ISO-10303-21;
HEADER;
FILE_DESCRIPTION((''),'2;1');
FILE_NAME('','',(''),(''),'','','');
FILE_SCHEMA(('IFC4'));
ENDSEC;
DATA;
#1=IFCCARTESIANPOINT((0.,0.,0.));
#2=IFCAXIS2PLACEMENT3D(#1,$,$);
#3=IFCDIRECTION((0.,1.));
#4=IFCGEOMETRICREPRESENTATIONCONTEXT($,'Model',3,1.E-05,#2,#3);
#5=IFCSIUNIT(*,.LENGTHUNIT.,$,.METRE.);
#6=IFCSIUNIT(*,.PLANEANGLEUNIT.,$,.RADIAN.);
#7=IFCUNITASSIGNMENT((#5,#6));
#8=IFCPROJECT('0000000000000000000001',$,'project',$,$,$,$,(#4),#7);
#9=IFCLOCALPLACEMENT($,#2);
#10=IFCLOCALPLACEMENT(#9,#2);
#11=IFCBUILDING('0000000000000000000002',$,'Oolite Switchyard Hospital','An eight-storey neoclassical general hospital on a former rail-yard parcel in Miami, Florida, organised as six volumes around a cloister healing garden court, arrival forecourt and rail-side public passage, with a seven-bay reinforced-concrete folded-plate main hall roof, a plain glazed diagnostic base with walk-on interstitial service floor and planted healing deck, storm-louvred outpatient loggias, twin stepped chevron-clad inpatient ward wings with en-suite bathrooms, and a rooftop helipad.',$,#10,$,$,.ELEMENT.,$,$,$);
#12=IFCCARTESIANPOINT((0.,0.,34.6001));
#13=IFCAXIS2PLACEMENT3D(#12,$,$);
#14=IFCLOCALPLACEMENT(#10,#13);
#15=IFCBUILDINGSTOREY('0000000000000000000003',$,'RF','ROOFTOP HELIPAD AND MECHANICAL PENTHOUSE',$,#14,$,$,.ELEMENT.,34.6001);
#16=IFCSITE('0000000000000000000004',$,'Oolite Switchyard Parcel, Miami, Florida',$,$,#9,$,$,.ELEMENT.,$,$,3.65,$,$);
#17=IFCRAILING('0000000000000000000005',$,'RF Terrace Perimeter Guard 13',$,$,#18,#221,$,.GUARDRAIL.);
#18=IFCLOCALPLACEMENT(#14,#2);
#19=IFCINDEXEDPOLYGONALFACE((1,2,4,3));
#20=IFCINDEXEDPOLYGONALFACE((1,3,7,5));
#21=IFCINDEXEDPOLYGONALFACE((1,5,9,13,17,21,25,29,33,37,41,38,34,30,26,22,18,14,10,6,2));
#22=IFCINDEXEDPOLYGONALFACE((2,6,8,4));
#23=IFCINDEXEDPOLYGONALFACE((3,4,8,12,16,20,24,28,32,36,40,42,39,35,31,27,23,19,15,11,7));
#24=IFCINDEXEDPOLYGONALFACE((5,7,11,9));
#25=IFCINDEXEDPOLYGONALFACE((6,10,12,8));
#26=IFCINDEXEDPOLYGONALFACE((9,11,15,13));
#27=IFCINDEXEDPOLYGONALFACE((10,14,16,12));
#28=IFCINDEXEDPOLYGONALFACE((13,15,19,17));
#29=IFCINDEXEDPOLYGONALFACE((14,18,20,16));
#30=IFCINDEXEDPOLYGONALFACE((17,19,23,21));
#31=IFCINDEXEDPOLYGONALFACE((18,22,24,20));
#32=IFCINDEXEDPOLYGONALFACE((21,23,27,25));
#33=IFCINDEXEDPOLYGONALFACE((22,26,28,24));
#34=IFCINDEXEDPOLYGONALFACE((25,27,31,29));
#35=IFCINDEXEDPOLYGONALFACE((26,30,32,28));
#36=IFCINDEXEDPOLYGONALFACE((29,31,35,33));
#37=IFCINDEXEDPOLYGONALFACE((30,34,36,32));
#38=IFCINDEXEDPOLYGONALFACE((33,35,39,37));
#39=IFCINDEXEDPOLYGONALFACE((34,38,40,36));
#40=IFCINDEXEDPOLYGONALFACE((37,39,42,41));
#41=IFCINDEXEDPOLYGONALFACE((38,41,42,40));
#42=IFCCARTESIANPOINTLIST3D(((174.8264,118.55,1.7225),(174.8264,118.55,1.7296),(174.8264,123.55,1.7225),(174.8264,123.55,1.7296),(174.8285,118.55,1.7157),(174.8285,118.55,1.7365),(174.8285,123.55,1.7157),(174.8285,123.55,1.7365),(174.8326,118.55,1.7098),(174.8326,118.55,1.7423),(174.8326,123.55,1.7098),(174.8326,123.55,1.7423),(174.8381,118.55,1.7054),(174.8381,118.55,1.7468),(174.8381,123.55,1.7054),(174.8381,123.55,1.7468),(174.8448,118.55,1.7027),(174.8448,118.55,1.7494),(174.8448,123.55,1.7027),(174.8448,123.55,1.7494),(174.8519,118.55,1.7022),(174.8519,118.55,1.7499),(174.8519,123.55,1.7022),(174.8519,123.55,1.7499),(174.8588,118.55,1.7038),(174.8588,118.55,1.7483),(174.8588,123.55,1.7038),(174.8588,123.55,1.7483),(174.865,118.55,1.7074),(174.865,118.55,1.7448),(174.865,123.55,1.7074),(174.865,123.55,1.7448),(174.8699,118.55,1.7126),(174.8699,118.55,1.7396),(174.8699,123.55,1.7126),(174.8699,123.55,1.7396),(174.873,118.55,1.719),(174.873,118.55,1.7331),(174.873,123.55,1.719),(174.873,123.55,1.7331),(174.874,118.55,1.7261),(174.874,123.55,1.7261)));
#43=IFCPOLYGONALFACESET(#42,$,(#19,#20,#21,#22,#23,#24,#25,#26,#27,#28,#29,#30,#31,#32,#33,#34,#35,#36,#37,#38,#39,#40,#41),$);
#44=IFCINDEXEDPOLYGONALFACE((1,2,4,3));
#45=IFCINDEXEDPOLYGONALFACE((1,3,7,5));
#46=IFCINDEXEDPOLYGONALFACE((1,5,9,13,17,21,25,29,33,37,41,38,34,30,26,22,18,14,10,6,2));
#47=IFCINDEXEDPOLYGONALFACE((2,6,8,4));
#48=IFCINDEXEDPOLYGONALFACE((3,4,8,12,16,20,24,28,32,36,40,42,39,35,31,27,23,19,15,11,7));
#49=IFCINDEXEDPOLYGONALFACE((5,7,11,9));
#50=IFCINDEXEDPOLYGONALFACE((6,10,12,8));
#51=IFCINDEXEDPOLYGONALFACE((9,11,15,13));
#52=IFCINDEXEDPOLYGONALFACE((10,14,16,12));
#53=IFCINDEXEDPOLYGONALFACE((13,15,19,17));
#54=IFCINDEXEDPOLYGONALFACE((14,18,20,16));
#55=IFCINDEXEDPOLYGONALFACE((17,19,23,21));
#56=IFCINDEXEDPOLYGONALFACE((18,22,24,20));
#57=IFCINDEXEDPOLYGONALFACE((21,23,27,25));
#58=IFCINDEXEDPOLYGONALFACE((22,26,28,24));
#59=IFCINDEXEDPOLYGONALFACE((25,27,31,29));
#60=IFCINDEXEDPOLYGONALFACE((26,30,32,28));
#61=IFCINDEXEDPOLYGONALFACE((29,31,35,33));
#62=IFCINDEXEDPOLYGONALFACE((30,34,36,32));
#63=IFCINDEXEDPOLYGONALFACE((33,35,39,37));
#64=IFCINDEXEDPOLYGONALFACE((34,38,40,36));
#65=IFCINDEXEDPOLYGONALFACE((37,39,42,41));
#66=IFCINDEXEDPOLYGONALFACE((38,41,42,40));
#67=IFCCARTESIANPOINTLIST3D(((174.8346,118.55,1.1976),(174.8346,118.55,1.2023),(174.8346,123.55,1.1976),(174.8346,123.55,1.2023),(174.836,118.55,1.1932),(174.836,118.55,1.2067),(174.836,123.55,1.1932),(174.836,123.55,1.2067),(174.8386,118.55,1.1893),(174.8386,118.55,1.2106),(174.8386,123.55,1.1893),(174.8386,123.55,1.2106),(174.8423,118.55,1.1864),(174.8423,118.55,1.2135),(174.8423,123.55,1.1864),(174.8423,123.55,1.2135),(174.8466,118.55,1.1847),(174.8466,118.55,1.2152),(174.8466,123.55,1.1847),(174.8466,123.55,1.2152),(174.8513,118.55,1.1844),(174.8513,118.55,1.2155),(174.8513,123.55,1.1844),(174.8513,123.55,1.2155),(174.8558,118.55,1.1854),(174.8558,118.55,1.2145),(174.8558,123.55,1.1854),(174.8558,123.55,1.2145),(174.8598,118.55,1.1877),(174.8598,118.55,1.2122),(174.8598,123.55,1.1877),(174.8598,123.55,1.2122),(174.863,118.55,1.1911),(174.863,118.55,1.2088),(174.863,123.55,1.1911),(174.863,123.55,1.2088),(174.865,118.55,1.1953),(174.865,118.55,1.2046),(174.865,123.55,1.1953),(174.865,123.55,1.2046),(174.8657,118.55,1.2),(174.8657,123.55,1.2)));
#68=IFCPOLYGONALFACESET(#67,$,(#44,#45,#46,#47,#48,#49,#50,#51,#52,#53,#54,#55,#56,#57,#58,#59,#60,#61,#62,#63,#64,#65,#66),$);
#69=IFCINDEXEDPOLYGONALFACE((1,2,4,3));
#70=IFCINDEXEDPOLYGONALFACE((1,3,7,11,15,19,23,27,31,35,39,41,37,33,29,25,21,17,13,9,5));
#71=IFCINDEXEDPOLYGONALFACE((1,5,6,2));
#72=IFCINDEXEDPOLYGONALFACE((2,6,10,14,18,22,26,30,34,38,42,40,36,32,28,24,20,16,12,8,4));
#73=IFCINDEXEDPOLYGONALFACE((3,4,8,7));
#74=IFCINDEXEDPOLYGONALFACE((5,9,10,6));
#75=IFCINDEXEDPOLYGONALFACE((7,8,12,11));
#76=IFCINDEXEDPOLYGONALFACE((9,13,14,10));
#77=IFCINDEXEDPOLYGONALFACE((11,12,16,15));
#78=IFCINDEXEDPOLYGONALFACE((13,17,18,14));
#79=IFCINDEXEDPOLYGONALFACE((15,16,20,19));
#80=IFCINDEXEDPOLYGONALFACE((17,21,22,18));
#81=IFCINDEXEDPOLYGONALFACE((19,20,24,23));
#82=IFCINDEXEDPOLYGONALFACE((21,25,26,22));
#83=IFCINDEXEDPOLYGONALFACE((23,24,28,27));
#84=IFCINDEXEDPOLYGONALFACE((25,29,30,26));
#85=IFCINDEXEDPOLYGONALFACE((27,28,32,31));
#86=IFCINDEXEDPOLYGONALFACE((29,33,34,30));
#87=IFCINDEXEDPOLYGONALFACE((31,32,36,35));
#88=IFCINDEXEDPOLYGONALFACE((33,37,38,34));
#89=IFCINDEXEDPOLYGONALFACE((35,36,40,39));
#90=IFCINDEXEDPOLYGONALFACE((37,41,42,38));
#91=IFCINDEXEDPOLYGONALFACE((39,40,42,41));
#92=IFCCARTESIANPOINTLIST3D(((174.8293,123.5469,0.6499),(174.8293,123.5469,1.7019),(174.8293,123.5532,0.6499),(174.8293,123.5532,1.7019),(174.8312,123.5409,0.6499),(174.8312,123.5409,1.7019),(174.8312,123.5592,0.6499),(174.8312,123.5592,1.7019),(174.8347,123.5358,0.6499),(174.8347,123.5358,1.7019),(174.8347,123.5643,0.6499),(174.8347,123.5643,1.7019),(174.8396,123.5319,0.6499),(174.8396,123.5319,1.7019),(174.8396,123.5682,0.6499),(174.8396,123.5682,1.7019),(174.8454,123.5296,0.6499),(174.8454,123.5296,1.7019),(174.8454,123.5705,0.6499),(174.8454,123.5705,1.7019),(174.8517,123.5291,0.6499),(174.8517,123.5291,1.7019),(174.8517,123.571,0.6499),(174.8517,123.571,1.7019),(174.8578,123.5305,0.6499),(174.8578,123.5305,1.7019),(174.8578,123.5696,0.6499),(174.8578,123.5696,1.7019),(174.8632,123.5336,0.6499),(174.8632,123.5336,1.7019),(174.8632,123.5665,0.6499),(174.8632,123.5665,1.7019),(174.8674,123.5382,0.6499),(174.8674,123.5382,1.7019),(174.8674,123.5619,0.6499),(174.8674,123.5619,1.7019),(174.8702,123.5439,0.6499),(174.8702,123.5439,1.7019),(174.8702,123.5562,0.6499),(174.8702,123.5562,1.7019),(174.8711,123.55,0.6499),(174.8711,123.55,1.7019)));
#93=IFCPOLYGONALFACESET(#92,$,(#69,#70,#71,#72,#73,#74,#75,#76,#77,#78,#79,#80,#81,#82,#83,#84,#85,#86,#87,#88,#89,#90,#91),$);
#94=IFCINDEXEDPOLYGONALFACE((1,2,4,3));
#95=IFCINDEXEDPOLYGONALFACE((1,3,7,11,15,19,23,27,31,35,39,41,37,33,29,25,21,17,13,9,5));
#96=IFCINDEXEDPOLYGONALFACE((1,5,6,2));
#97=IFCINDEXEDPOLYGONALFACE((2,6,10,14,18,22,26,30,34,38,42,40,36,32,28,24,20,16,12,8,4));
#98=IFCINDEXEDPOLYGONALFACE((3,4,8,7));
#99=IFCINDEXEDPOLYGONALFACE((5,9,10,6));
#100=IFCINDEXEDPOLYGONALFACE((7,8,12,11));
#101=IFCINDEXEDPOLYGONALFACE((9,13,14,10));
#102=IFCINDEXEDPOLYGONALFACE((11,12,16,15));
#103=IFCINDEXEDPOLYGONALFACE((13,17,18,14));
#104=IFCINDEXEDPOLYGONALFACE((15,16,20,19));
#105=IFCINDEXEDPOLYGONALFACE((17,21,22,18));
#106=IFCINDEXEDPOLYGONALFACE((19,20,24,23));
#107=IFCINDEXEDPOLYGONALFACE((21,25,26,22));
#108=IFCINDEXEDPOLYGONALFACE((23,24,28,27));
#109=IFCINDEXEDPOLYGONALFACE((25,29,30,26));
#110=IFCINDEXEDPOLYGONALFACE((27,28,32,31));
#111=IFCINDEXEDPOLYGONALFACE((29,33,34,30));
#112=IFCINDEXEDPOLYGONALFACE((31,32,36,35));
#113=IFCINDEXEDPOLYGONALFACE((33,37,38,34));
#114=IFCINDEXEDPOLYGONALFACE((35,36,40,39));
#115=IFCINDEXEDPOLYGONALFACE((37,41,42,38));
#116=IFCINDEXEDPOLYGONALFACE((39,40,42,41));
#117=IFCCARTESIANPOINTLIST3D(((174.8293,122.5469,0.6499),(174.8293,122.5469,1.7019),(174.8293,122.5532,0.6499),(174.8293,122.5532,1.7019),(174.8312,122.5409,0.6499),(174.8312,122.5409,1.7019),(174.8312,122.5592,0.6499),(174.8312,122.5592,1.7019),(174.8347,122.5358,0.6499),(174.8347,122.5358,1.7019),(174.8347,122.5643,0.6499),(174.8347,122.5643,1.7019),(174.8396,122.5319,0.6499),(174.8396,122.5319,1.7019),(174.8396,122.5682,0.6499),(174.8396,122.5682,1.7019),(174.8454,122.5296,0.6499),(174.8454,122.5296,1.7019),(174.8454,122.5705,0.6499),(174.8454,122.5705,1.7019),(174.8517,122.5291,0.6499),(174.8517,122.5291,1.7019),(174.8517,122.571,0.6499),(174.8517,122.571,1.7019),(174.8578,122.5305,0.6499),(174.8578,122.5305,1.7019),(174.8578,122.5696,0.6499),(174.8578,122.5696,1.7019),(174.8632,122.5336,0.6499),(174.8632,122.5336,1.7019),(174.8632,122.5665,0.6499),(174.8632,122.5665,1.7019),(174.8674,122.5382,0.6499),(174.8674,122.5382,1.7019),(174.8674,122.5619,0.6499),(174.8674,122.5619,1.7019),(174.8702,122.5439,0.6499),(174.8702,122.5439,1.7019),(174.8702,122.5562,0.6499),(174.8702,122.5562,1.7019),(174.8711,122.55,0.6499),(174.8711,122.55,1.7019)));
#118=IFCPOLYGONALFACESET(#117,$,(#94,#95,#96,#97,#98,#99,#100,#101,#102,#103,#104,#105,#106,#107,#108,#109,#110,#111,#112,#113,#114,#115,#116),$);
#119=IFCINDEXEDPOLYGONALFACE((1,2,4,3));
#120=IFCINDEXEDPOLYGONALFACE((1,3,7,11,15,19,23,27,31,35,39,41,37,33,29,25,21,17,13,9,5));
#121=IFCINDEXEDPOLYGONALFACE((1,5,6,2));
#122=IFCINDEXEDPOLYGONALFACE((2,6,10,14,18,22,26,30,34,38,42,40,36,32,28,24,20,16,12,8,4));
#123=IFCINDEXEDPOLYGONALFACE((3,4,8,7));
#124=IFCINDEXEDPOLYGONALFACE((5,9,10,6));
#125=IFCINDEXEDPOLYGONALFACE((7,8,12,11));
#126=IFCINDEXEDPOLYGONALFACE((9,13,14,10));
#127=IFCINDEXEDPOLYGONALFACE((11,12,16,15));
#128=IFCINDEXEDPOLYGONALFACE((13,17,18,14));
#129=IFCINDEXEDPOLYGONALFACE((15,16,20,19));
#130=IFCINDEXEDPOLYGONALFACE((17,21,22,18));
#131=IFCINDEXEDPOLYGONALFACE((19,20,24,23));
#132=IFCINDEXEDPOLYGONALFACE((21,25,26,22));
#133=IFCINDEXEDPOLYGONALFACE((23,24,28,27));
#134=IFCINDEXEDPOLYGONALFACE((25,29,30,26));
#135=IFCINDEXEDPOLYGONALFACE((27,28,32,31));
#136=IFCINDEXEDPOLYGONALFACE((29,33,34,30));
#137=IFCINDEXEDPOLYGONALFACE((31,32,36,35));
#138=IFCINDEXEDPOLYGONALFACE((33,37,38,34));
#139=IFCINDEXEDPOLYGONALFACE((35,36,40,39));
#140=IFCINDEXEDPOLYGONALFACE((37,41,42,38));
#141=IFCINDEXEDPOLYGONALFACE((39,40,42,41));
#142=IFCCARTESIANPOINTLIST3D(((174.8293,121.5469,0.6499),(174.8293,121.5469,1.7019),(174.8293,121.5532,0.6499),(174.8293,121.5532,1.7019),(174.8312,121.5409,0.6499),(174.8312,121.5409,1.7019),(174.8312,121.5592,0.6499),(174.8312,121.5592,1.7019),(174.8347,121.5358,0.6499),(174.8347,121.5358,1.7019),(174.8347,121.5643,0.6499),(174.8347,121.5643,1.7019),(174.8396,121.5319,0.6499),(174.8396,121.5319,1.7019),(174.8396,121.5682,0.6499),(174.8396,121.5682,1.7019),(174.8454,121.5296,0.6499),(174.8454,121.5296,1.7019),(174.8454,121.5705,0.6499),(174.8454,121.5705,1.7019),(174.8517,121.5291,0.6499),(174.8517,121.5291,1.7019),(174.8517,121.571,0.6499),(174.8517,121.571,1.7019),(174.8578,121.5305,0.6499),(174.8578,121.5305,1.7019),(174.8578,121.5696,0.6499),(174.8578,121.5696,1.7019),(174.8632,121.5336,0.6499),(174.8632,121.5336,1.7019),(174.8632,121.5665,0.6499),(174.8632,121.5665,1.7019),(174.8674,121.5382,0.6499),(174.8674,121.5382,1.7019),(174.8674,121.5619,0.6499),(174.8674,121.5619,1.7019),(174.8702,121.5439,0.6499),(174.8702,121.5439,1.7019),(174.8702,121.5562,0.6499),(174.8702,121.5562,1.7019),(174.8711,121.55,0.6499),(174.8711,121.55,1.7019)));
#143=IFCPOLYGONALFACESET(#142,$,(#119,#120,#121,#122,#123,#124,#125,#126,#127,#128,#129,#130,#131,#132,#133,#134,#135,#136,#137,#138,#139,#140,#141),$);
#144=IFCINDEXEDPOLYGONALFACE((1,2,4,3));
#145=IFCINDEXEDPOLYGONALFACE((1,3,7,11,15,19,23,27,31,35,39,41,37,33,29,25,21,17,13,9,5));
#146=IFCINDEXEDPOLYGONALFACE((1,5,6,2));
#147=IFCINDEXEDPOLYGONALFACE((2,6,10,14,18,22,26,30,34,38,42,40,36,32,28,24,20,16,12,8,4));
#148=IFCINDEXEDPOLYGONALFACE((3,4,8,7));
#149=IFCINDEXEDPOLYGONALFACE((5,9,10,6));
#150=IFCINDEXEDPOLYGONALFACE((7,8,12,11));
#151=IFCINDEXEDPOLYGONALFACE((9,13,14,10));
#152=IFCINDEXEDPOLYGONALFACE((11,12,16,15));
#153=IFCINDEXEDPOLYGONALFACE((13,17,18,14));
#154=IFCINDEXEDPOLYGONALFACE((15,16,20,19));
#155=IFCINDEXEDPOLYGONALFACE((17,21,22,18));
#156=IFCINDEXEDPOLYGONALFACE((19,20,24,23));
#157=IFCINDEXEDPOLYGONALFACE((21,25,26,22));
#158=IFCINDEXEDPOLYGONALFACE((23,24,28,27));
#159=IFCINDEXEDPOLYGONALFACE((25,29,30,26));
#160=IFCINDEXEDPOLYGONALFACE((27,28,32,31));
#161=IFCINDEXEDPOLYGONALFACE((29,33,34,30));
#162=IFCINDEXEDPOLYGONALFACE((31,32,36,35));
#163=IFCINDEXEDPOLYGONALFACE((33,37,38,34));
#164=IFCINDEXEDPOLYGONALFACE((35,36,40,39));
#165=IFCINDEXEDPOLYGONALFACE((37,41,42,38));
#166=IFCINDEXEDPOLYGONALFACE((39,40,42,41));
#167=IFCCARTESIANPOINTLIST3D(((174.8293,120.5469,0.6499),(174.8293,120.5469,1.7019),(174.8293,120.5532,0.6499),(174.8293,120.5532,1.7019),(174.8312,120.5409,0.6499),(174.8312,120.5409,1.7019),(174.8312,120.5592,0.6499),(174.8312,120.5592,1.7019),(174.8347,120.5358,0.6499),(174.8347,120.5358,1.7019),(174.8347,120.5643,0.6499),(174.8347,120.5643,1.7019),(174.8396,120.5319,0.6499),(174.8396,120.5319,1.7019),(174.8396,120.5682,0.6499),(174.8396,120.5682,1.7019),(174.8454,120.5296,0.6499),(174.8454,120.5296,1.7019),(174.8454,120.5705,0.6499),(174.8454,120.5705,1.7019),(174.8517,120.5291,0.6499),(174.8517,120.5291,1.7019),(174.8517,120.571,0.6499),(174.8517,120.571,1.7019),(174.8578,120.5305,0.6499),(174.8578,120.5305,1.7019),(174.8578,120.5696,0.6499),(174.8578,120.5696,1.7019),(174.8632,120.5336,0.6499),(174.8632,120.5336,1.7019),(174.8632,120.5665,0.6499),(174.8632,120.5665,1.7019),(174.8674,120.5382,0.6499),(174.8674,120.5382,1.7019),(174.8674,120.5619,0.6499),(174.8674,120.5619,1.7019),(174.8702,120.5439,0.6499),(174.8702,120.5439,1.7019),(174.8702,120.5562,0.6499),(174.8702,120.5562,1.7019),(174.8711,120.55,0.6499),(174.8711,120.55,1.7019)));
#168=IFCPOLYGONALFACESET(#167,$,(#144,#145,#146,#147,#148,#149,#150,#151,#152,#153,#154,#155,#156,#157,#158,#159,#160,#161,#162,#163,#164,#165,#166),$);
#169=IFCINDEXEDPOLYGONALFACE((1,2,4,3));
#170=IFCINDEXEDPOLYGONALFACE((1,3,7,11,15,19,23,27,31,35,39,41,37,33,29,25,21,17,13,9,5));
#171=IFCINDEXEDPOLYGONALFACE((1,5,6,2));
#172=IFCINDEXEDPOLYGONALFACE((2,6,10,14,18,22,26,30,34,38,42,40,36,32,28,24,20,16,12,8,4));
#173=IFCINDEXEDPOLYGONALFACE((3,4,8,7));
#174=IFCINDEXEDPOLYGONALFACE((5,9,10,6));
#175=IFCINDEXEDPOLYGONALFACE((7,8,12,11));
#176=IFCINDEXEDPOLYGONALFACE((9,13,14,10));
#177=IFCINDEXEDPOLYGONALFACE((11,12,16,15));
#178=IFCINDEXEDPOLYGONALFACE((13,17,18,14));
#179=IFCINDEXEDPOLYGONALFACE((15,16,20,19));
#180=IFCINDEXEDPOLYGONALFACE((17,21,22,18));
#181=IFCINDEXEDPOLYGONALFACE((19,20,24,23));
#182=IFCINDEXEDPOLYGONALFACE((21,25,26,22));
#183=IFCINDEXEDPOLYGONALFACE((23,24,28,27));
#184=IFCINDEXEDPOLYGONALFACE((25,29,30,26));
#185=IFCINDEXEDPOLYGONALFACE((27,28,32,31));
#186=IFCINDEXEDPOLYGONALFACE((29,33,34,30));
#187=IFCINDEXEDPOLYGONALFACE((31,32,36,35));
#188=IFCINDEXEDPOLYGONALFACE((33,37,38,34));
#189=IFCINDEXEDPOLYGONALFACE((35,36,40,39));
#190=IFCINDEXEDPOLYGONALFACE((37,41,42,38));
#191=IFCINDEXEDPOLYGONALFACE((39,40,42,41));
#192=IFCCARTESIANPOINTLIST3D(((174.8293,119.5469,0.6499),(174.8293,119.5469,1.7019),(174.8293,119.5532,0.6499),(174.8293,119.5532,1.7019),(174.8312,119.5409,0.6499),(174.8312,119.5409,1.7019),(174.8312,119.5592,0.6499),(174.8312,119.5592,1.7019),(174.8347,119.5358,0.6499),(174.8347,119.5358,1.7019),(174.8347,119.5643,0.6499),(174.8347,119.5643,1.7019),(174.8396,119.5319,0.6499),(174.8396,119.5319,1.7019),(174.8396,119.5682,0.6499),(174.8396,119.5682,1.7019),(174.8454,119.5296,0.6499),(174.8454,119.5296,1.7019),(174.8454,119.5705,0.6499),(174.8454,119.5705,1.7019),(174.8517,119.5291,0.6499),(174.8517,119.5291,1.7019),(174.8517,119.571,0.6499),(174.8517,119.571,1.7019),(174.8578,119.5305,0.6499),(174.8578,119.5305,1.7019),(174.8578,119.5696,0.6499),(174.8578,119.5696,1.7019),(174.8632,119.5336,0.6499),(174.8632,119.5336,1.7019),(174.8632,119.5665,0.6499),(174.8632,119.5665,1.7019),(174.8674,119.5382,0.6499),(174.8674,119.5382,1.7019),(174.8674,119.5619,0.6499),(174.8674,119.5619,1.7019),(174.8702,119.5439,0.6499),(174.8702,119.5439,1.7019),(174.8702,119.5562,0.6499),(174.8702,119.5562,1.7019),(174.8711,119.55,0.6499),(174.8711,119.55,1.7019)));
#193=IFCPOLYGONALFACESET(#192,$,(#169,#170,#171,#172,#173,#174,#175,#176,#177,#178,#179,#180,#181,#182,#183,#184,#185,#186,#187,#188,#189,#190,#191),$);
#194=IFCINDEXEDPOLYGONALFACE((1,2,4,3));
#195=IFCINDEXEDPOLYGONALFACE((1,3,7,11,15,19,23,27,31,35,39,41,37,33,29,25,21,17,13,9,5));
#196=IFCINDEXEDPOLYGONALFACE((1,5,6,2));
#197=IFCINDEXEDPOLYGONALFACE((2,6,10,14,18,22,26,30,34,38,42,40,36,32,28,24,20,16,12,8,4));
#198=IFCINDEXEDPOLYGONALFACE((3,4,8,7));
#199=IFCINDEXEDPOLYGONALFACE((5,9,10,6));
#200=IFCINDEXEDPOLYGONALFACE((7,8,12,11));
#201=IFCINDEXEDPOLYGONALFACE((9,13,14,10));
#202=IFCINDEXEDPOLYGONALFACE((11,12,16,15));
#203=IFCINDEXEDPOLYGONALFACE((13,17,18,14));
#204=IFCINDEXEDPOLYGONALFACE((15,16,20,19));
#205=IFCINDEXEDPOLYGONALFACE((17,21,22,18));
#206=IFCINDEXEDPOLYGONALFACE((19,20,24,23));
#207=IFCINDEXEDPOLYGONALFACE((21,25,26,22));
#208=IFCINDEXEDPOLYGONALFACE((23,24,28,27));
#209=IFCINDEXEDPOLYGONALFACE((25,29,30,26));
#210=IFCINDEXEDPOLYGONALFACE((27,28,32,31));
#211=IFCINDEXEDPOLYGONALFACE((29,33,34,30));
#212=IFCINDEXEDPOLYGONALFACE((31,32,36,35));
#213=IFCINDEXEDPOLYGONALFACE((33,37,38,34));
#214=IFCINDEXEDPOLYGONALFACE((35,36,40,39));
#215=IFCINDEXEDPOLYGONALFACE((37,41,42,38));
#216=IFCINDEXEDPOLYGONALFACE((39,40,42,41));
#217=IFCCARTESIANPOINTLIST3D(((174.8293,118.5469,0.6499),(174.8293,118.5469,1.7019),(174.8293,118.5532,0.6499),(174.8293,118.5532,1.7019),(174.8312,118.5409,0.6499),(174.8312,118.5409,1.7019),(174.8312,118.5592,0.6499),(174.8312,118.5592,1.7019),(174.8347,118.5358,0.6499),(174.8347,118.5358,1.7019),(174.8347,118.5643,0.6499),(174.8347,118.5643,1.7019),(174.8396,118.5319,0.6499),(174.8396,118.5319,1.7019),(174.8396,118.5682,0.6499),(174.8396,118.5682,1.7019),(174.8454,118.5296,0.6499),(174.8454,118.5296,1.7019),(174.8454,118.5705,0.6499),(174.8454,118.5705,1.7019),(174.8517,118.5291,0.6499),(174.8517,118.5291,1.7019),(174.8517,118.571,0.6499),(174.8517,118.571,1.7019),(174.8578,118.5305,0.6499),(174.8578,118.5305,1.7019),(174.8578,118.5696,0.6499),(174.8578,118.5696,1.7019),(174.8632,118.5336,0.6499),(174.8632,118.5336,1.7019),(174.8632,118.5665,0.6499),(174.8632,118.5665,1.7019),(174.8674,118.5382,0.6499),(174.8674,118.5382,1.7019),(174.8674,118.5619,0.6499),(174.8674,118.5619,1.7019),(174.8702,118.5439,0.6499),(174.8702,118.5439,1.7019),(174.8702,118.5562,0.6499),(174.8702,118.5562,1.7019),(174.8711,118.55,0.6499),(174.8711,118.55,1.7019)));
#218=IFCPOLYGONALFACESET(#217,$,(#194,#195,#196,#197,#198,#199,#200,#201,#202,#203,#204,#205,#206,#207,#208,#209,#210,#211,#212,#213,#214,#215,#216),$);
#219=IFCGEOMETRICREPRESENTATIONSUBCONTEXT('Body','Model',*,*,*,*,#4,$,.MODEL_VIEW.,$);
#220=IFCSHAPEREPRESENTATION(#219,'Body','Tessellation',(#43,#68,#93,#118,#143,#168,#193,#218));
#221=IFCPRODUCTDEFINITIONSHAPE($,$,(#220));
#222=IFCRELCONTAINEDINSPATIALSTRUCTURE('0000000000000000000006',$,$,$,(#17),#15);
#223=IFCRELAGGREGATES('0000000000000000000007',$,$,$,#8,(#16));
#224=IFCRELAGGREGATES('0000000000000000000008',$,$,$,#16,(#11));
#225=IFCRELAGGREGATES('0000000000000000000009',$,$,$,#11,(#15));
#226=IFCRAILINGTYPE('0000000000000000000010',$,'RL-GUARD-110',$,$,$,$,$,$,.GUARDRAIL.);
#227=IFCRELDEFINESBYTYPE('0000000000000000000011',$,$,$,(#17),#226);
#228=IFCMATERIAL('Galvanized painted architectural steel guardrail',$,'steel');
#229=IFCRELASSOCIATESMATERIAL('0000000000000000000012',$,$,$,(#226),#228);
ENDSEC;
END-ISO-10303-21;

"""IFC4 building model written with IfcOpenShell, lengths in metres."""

from ifc_helpers import new_model, si_unit, direction, frame, origin, origin_2d, place, context, subcontext, project, spatial, circle, extrude, material, type_object, element, save


model = new_model("IFC4")

# Units and contexts
model_context = context("Model", 3, precision=1e-05, world=origin(), true_north=direction((0.0, 1.0)))
body_context = subcontext(model_context, "Body", "Model", "MODEL_VIEW")
ifc_project = project(units=[si_unit("LENGTHUNIT", "METRE"), si_unit("PLANEANGLEUNIT", "RADIAN")], contexts=[model_context])

# Site, building, storey
site_placement = place(None, origin())
site = spatial("IfcSite", under=ifc_project, at=site_placement, Name="Oolite Switchyard Parcel, Miami, Florida", CompositionType="ELEMENT", RefElevation=3.65)
building_placement = place(site_placement, origin())
building = spatial("IfcBuilding", under=site, at=building_placement, Name="Oolite Switchyard Hospital", Description="An eight-storey neoclassical general hospital on a former rail-yard parcel in Miami, Florida, organised as six volumes around a cloister healing garden court, arrival forecourt and rail-side public passage, with a seven-bay reinforced-concrete folded-plate main hall roof, a plain glazed diagnostic base with walk-on interstitial service floor and planted healing deck, storm-louvred outpatient loggias, twin stepped chevron-clad inpatient ward wings with en-suite bathrooms, and a rooftop helipad.", CompositionType="ELEMENT")
storey_placement = place(building_placement, frame((0.0, 0.0, 34.6001)))
storey = spatial("IfcBuildingStorey", under=building, at=storey_placement, Name="RF", Description="ROOFTOP HELIPAD AND MECHANICAL PENTHOUSE", CompositionType="ELEMENT", Elevation=34.6001)

# Railing
ifc_material_1 = material(Name="Galvanized painted architectural steel guardrail", Category="steel")
railing_type_1 = type_object("IfcRailingType", Name="RL-GUARD-110", PredefinedType="GUARDRAIL", material=ifc_material_1)
railing_1_placement = place(storey_placement, frame((174.8501, 123.55, 0.6499)))
element("IfcRailing", 1, at=railing_1_placement, inside=storey, type_object=railing_type_1, Name="RF Terrace Perimeter Guard 13", PredefinedType="GUARDRAIL", context=body_context, shape_type="SweptSolid", body=[
    extrude(circle(Radius=0.0239, at=origin_2d()), frame((0.0, 0.0, 1.0762), z_axis=(0.0, -1.0, 0.0), x_axis=(1.0, 0.0, 0.0)), (0.0, 0.0, 1.0), 5.0),
    extrude(circle(Radius=0.0156, at=origin_2d()), frame((0.0, 0.0, 0.55), z_axis=(0.0, -1.0, 0.0), x_axis=(1.0, 0.0, 0.0)), (0.0, 0.0, 1.0), 5.0),
    extrude(circle(Radius=0.021, at=origin_2d()), origin(), (0.0, 0.0, 1.0), 1.052),
    extrude(circle(Radius=0.021, at=origin_2d()), frame((0.0, -1.0, 0.0)), (0.0, 0.0, 1.0), 1.052),
    extrude(circle(Radius=0.021, at=origin_2d()), frame((0.0, -2.0, 0.0)), (0.0, 0.0, 1.0), 1.052),
    extrude(circle(Radius=0.021, at=origin_2d()), frame((0.0, -3.0, 0.0)), (0.0, 0.0, 1.0), 1.052),
    extrude(circle(Radius=0.021, at=origin_2d()), frame((0.0, -4.0, 0.0)), (0.0, 0.0, 1.0), 1.052),
    extrude(circle(Radius=0.021, at=origin_2d()), frame((0.0, -5.0, 0.0)), (0.0, 0.0, 1.0), 1.052),
])

save(model, "model.ifc")
